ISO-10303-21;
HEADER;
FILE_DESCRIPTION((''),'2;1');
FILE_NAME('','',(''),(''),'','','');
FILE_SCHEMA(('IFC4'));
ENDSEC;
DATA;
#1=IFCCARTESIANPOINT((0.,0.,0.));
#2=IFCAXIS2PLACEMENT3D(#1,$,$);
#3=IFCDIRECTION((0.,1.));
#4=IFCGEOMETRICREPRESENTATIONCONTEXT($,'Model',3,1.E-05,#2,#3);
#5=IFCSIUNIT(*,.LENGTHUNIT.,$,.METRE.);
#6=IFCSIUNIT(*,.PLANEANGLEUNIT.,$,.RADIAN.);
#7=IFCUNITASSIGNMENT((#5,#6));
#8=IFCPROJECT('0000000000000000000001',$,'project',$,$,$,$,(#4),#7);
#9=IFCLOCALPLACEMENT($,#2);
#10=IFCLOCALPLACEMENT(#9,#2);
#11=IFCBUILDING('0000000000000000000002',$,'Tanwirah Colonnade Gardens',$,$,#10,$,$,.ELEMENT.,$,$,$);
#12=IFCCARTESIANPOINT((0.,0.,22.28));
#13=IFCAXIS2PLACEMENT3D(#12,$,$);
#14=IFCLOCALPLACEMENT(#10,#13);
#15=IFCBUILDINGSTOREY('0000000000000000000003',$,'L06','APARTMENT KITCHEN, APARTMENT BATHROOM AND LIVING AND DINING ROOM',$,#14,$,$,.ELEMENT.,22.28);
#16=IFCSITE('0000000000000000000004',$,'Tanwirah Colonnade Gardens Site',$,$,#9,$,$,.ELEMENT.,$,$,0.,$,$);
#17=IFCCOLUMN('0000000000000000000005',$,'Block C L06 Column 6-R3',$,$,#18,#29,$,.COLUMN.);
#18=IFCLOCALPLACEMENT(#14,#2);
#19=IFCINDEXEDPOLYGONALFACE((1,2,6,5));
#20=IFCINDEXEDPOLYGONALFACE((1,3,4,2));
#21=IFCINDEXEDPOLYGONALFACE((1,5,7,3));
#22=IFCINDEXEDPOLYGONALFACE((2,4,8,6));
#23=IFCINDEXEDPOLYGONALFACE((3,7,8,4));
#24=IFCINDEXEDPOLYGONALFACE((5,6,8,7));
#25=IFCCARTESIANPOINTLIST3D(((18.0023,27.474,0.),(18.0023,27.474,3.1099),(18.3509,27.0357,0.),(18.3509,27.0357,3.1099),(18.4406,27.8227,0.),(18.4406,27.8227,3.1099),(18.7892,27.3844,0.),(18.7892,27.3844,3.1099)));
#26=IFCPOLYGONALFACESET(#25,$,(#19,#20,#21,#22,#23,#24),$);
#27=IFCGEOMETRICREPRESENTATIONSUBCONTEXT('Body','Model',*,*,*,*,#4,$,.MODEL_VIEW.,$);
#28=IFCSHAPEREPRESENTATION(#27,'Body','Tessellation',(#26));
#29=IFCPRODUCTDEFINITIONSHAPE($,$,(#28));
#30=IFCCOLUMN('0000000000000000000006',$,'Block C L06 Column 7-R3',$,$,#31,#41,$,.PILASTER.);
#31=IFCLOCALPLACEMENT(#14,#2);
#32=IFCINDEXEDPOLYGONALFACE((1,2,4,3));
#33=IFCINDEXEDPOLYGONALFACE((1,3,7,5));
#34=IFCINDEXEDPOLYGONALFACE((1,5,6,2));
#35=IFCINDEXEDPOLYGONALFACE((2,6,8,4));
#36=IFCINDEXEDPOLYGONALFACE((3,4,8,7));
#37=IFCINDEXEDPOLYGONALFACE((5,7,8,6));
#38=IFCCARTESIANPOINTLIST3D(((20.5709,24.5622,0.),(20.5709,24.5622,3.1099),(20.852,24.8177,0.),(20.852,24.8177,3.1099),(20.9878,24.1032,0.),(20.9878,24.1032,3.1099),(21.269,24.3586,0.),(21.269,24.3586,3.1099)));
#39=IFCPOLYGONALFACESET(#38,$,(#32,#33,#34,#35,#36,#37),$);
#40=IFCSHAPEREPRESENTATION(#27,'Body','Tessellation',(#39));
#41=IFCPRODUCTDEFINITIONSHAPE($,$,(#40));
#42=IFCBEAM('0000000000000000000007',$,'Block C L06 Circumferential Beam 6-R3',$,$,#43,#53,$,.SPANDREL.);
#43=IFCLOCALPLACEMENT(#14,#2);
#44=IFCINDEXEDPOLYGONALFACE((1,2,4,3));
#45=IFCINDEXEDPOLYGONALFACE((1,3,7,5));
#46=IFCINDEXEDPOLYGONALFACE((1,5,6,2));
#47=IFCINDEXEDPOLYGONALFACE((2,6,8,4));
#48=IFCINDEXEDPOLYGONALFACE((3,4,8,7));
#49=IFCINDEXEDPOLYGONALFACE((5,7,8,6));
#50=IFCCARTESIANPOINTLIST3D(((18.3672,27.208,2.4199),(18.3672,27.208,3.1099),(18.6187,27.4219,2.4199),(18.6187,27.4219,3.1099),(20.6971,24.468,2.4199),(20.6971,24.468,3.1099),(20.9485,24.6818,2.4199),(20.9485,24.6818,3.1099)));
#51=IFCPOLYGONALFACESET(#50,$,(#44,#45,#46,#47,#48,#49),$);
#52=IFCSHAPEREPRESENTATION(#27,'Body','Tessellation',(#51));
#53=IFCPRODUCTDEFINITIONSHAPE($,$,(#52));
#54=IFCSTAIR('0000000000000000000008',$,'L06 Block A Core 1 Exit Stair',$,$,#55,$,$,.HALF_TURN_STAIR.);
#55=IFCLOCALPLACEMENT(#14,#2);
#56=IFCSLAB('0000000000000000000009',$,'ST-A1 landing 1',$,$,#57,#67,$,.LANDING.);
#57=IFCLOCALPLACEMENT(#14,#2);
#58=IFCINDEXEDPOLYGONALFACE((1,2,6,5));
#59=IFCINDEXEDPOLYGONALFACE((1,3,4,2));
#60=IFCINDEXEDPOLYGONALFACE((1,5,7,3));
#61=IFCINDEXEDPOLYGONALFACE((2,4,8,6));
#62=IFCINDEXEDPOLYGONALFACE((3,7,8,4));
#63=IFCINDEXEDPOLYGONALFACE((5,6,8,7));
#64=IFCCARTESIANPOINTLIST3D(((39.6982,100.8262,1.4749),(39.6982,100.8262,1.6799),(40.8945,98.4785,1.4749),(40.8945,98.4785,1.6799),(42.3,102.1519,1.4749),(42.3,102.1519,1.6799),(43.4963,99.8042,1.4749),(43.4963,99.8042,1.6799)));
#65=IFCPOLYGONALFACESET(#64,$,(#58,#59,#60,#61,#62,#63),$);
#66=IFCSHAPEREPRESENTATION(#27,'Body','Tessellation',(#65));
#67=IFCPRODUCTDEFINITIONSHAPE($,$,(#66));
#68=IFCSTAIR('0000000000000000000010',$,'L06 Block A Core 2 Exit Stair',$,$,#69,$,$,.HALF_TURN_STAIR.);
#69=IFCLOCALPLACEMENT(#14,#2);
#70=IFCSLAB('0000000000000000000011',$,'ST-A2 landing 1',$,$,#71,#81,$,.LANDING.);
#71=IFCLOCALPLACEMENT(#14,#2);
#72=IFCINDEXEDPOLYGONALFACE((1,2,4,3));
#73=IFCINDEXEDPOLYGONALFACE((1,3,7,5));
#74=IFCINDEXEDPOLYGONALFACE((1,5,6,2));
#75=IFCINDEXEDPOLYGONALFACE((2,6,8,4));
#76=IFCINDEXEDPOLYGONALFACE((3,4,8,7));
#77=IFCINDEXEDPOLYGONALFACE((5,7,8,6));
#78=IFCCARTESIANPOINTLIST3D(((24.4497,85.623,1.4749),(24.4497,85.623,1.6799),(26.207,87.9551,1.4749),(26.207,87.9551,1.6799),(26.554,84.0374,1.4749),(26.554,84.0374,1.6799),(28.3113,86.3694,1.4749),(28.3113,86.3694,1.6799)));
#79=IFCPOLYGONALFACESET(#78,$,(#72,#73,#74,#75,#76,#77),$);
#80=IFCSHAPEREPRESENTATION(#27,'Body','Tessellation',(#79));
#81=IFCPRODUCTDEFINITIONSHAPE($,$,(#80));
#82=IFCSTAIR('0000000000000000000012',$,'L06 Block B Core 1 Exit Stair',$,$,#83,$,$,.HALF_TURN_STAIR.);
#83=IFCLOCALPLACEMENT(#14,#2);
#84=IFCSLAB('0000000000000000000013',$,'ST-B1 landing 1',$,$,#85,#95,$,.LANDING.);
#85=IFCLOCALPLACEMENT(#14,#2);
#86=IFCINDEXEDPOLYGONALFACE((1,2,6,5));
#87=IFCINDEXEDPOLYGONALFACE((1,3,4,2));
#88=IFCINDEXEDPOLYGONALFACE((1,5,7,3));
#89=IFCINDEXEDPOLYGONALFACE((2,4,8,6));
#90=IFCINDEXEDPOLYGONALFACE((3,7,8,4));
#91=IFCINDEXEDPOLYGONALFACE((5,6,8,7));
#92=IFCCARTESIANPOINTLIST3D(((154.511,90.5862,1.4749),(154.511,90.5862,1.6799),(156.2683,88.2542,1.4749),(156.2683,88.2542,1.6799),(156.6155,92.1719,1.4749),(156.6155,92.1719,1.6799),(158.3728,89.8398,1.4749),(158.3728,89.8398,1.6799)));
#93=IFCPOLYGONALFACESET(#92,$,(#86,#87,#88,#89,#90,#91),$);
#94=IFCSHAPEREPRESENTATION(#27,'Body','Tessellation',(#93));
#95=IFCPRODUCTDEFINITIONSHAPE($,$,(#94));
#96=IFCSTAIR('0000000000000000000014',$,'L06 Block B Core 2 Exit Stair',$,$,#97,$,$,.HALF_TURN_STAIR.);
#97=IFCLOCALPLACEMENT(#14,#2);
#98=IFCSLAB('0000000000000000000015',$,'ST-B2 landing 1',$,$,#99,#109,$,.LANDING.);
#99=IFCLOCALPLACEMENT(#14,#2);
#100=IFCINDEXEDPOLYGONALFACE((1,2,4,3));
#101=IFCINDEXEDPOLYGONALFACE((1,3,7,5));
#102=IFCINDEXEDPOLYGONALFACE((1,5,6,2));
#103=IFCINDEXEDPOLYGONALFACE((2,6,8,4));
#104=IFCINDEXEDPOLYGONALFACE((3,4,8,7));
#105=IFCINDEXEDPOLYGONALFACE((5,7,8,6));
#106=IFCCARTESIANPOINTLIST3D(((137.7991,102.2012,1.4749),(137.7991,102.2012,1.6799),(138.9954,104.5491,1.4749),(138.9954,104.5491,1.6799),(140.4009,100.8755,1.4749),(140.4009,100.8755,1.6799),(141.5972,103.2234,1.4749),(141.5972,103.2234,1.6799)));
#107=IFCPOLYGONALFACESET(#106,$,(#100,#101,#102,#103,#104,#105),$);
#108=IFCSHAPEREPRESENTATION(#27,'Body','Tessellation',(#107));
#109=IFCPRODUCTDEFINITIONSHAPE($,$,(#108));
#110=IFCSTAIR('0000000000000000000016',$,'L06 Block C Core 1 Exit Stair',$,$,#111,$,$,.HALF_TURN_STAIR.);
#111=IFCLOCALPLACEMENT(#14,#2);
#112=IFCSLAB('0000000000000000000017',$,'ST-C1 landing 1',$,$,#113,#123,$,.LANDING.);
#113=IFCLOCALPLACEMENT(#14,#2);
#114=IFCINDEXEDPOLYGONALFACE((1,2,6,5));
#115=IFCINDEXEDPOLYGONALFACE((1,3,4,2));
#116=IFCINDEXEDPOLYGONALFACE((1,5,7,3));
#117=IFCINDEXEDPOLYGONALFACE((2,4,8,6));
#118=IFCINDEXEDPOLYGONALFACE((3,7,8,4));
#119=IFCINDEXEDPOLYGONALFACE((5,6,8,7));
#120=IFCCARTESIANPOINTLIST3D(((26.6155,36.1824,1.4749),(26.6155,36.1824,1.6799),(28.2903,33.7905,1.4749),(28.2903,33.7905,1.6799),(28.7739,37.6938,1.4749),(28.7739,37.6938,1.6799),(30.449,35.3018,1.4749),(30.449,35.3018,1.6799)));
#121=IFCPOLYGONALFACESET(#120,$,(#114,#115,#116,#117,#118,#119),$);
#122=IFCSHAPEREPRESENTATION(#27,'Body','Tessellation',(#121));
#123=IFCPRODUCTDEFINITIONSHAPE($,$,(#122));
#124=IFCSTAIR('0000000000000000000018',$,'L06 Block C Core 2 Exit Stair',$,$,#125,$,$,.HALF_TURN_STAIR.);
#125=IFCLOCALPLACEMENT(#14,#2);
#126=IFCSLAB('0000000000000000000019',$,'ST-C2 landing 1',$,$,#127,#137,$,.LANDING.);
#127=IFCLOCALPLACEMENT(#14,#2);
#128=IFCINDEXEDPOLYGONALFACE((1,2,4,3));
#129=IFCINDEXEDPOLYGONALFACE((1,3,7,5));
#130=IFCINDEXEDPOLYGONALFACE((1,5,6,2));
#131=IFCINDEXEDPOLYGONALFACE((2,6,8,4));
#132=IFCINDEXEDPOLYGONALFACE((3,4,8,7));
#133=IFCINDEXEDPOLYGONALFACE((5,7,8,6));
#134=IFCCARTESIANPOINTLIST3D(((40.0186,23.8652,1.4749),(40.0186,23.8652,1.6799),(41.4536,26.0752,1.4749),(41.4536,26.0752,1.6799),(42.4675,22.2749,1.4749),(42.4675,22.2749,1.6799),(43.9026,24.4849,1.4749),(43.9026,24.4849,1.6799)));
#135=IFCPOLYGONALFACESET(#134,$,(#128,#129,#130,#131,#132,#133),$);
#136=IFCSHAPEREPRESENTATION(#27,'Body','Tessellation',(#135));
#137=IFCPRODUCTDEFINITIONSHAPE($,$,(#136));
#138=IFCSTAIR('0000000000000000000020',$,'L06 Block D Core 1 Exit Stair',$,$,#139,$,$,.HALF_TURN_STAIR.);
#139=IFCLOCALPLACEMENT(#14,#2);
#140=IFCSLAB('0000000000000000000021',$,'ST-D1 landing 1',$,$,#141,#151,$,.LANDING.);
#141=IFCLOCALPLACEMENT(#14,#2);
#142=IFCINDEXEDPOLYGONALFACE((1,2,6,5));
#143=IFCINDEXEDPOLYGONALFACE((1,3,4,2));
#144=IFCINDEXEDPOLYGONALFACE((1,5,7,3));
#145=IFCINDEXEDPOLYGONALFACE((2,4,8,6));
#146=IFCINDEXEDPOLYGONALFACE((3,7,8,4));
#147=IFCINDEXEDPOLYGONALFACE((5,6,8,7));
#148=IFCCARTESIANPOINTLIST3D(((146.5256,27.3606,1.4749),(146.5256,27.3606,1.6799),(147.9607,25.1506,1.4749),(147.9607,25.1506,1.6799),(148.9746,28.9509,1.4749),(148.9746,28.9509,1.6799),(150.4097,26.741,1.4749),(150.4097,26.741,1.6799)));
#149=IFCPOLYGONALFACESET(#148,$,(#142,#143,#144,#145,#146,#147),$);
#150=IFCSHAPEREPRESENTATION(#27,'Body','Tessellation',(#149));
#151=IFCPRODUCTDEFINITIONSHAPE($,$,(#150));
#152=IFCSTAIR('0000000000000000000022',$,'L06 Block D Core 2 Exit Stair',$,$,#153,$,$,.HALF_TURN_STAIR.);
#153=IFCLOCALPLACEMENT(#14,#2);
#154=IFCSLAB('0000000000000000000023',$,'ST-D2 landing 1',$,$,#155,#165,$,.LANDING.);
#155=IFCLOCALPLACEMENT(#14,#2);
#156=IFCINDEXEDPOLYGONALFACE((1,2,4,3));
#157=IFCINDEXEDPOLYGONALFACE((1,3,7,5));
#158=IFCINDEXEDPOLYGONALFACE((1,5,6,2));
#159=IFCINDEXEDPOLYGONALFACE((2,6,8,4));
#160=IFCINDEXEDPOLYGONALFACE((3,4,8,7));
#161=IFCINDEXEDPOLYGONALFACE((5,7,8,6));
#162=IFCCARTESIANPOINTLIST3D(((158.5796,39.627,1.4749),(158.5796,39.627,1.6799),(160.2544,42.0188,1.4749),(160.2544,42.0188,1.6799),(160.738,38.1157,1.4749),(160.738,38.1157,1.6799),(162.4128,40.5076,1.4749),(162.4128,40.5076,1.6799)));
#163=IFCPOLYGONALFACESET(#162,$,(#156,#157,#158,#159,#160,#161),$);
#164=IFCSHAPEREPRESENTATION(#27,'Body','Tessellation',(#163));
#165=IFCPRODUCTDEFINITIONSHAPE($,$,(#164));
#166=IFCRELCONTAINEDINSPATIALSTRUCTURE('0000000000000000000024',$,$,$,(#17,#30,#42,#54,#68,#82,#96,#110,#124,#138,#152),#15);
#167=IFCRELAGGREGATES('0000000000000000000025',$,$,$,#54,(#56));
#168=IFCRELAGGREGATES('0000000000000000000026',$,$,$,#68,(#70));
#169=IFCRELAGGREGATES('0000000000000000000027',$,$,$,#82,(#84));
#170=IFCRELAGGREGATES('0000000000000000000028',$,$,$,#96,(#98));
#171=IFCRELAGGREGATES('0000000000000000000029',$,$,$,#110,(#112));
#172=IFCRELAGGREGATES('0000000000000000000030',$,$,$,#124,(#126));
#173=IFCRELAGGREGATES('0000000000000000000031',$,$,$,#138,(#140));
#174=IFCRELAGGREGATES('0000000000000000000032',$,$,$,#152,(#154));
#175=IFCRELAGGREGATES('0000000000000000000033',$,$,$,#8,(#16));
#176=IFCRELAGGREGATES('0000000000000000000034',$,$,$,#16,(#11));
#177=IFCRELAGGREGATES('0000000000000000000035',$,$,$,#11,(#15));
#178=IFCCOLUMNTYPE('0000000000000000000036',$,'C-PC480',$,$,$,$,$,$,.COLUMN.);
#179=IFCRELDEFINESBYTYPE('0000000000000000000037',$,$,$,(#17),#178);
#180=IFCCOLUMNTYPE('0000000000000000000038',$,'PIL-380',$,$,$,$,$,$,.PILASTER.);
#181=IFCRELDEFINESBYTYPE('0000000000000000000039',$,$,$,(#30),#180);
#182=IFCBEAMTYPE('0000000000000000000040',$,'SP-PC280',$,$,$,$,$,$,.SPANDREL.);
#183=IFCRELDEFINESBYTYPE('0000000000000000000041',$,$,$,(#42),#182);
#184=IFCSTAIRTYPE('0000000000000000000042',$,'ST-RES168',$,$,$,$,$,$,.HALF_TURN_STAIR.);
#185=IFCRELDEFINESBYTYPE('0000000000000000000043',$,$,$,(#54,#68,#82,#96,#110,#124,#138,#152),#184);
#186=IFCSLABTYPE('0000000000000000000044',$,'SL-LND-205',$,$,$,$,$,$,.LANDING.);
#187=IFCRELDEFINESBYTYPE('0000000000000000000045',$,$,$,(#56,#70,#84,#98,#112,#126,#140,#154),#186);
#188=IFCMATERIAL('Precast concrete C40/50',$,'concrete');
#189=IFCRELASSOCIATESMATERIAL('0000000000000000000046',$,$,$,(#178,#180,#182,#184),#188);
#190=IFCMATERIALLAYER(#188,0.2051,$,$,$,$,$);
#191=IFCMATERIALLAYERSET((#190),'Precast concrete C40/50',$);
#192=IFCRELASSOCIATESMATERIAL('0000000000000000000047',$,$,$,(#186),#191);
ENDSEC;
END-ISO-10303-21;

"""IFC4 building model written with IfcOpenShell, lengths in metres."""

from ifc_helpers import new_model, si_unit, direction, frame, origin, origin_2d, place, context, subcontext, project, spatial, polyline, rectangle, outline, extrude, material, layer, layer_set, material_profile, profile_set, type_object, element, aggregate, save


model = new_model("IFC4")

# Units and contexts
model_context = context("Model", 3, precision=1e-05, world=origin(), true_north=direction((0.0, 1.0)))
body_context = subcontext(model_context, "Body", "Model", "MODEL_VIEW")
ifc_project = project(units=[si_unit("LENGTHUNIT", "METRE"), si_unit("PLANEANGLEUNIT", "RADIAN")], contexts=[model_context])

# Site, building, storey
site_placement = place(None, origin())
site = spatial("IfcSite", under=ifc_project, at=site_placement, Name="Tanwirah Colonnade Gardens Site", CompositionType="ELEMENT", RefElevation=0.0)
building_placement = place(site_placement, origin())
building = spatial("IfcBuilding", under=site, at=building_placement, Name="Tanwirah Colonnade Gardens", CompositionType="ELEMENT")
storey_placement = place(building_placement, frame((0.0, 0.0, 22.28)))
storey = spatial("IfcBuildingStorey", under=building, at=storey_placement, Name="L06", Description="APARTMENT KITCHEN, APARTMENT BATHROOM AND LIVING AND DINING ROOM", CompositionType="ELEMENT", Elevation=22.28)

# Columns
ifc_material_1 = material(Name="Precast concrete C40/50", Category="concrete")
ifc_material_profile_1 = material_profile(ifc_material_1, rectangle(XDim=0.5601, YDim=0.5601, at=origin_2d()), Name="PC-COL 560x560")
ifc_profile_set_1 = profile_set([ifc_material_profile_1], Name="Precast concrete C40/50")
column_type_1 = type_object("IfcColumnType", Name="C-PC480", PredefinedType="COLUMN", material=ifc_profile_set_1)
column_1_placement = place(storey_placement, frame((18.3958, 27.4292, 0.0), z_axis=(0.0, 0.0, 1.0), x_axis=(-0.782608, -0.622515, 0.0)))
element("IfcColumn", 1, at=column_1_placement, inside=storey, type_object=column_type_1, Name="Block C L06 Column 6-R3", PredefinedType="COLUMN", context=body_context, shape_type="SweptSolid", body=[
    extrude(rectangle(XDim=0.5601, YDim=0.5601, at=origin_2d()), origin(), (0.0, 0.0, 1.0), 3.1099),
])
ifc_material_profile_2 = material_profile(ifc_material_1, rectangle(XDim=0.3799, YDim=0.6201, at=origin_2d()), Name="PC-PIL 380x620")
ifc_profile_set_2 = profile_set([ifc_material_profile_2], Name="Precast concrete C40/50")
column_type_2 = type_object("IfcColumnType", Name="PIL-380", PredefinedType="PILASTER", material=ifc_profile_set_2)
column_2_placement = place(storey_placement, frame((20.9199, 24.4604, 0.0), z_axis=(0.0, 0.0, 1.0), x_axis=(-0.740218, -0.672367, 0.0)))
element("IfcColumn", 2, at=column_2_placement, inside=storey, type_object=column_type_2, Name="Block C L06 Column 7-R3", PredefinedType="PILASTER", context=body_context, shape_type="SweptSolid", body=[
    extrude(rectangle(XDim=0.3799, YDim=0.6201, at=origin_2d()), origin(), (0.0, 0.0, 1.0), 3.1099),
])

# Beam
ifc_material_profile_3 = material_profile(ifc_material_1, rectangle(XDim=0.3301, YDim=0.6899, at=origin_2d()), Name="PC-SP 330x690")
ifc_profile_set_3 = profile_set([ifc_material_profile_3], Name="Precast concrete C40/50")
beam_type = type_object("IfcBeamType", Name="SP-PC280", PredefinedType="SPANDREL", material=ifc_profile_set_3)
beam_placement = place(storey_placement, frame((18.4929, 27.3149, 2.7649), z_axis=(0.647784, -0.761824, 0.0), x_axis=(0.761824, 0.647784, 0.0)))
element("IfcBeam", 3, at=beam_placement, inside=storey, type_object=beam_type, Name="Block C L06 Circumferential Beam 6-R3", PredefinedType="SPANDREL", context=body_context, shape_type="SweptSolid", body=[
    extrude(rectangle(XDim=0.3301, YDim=0.6899, at=origin_2d()), origin(), (0.0, 0.0, 1.0), 3.5967),
])

# Stairs, slabs
stair_type = type_object("IfcStairType", Name="ST-RES168", PredefinedType="HALF_TURN_STAIR", material=ifc_material_1)
stair_1_placement = place(storey_placement, origin())
stair_1 = element("IfcStair", 4, at=stair_1_placement, inside=storey, type_object=stair_type, Name="L06 Block A Core 1 Exit Stair", PredefinedType="HALF_TURN_STAIR")
ifc_layer_1 = layer(ifc_material_1, 0.2051)
ifc_layer_set_1 = layer_set([ifc_layer_1], Name="Precast concrete C40/50")
slab_type_1 = type_object("IfcSlabType", Name="SL-LND-205", PredefinedType="LANDING", material=ifc_layer_set_1)
slab_1_placement = place(storey_placement, frame((0.0, 0.0, 1.4749)))
slab_1 = element("IfcSlab", 5, at=slab_1_placement, type_object=slab_type_1, Name="ST-A1 landing 1", PredefinedType="LANDING", context=body_context, shape_type="SweptSolid", body=[
    extrude(outline(polyline([(39.6982, 100.8262), (40.8945, 98.4785), (43.4963, 99.8042), (42.3, 102.1519), (39.6982, 100.8262)])), origin(), (0.0, 0.0, 1.0), 0.2051),
])
aggregate(stair_1, [slab_1])
stair_2_placement = place(storey_placement, origin())
stair_2 = element("IfcStair", 6, at=stair_2_placement, inside=storey, type_object=stair_type, Name="L06 Block A Core 2 Exit Stair", PredefinedType="HALF_TURN_STAIR")
slab_2_placement = place(storey_placement, frame((0.0, 0.0, 1.4749)))
slab_2 = element("IfcSlab", 7, at=slab_2_placement, type_object=slab_type_1, Name="ST-A2 landing 1", PredefinedType="LANDING", context=body_context, shape_type="SweptSolid", body=[
    extrude(outline(polyline([(24.4497, 85.623), (26.554, 84.0374), (28.3113, 86.3694), (26.207, 87.9551), (24.4497, 85.623)])), origin(), (0.0, 0.0, 1.0), 0.2051),
])
aggregate(stair_2, [slab_2])
stair_3_placement = place(storey_placement, origin())
stair_3 = element("IfcStair", 8, at=stair_3_placement, inside=storey, type_object=stair_type, Name="L06 Block B Core 1 Exit Stair", PredefinedType="HALF_TURN_STAIR")
slab_3_placement = place(storey_placement, frame((0.0, 0.0, 1.4749)))
slab_3 = element("IfcSlab", 9, at=slab_3_placement, type_object=slab_type_1, Name="ST-B1 landing 1", PredefinedType="LANDING", context=body_context, shape_type="SweptSolid", body=[
    extrude(outline(polyline([(156.6155, 92.1719), (154.511, 90.5862), (156.2683, 88.2542), (158.3728, 89.8398), (156.6155, 92.1719)])), origin(), (0.0, 0.0, 1.0), 0.2051),
])
aggregate(stair_3, [slab_3])
stair_4_placement = place(storey_placement, origin())
stair_4 = element("IfcStair", 10, at=stair_4_placement, inside=storey, type_object=stair_type, Name="L06 Block B Core 2 Exit Stair", PredefinedType="HALF_TURN_STAIR")
slab_4_placement = place(storey_placement, frame((0.0, 0.0, 1.4749)))
slab_4 = element("IfcSlab", 11, at=slab_4_placement, type_object=slab_type_1, Name="ST-B2 landing 1", PredefinedType="LANDING", context=body_context, shape_type="SweptSolid", body=[
    extrude(outline(polyline([(138.9954, 104.5491), (137.7991, 102.2012), (140.4009, 100.8755), (141.5972, 103.2234), (138.9954, 104.5491)])), origin(), (0.0, 0.0, 1.0), 0.2051),
])
aggregate(stair_4, [slab_4])
stair_5_placement = place(storey_placement, origin())
stair_5 = element("IfcStair", 12, at=stair_5_placement, inside=storey, type_object=stair_type, Name="L06 Block C Core 1 Exit Stair", PredefinedType="HALF_TURN_STAIR")
slab_5_placement = place(storey_placement, frame((0.0, 0.0, 1.4749)))
slab_5 = element("IfcSlab", 13, at=slab_5_placement, type_object=slab_type_1, Name="ST-C1 landing 1", PredefinedType="LANDING", context=body_context, shape_type="SweptSolid", body=[
    extrude(outline(polyline([(28.2903, 33.7905), (30.449, 35.3018), (28.7739, 37.6938), (26.6155, 36.1824), (28.2903, 33.7905)])), origin(), (0.0, 0.0, 1.0), 0.2051),
])
aggregate(stair_5, [slab_5])
stair_6_placement = place(storey_placement, origin())
stair_6 = element("IfcStair", 14, at=stair_6_placement, inside=storey, type_object=stair_type, Name="L06 Block C Core 2 Exit Stair", PredefinedType="HALF_TURN_STAIR")
slab_6_placement = place(storey_placement, frame((0.0, 0.0, 1.4749)))
slab_6 = element("IfcSlab", 15, at=slab_6_placement, type_object=slab_type_1, Name="ST-C2 landing 1", PredefinedType="LANDING", context=body_context, shape_type="SweptSolid", body=[
    extrude(outline(polyline([(42.4675, 22.2749), (43.9026, 24.4849), (41.4536, 26.0752), (40.0186, 23.8652), (42.4675, 22.2749)])), origin(), (0.0, 0.0, 1.0), 0.2051),
])
aggregate(stair_6, [slab_6])
stair_7_placement = place(storey_placement, origin())
stair_7 = element("IfcStair", 16, at=stair_7_placement, inside=storey, type_object=stair_type, Name="L06 Block D Core 1 Exit Stair", PredefinedType="HALF_TURN_STAIR")
slab_7_placement = place(storey_placement, frame((0.0, 0.0, 1.4749)))
slab_7 = element("IfcSlab", 17, at=slab_7_placement, type_object=slab_type_1, Name="ST-D1 landing 1", PredefinedType="LANDING", context=body_context, shape_type="SweptSolid", body=[
    extrude(outline(polyline([(150.4097, 26.741), (148.9746, 28.9509), (146.5256, 27.3606), (147.9607, 25.1506), (150.4097, 26.741)])), origin(), (0.0, 0.0, 1.0), 0.2051),
])
aggregate(stair_7, [slab_7])
stair_8_placement = place(storey_placement, origin())
stair_8 = element("IfcStair", 18, at=stair_8_placement, inside=storey, type_object=stair_type, Name="L06 Block D Core 2 Exit Stair", PredefinedType="HALF_TURN_STAIR")
slab_8_placement = place(storey_placement, frame((0.0, 0.0, 1.4749)))
slab_8 = element("IfcSlab", 19, at=slab_8_placement, type_object=slab_type_1, Name="ST-D2 landing 1", PredefinedType="LANDING", context=body_context, shape_type="SweptSolid", body=[
    extrude(outline(polyline([(162.4128, 40.5076), (160.2544, 42.0188), (158.5796, 39.627), (160.738, 38.1157), (162.4128, 40.5076)])), origin(), (0.0, 0.0, 1.0), 0.2051),
])
aggregate(stair_8, [slab_8])

save(model, "model.ifc")
